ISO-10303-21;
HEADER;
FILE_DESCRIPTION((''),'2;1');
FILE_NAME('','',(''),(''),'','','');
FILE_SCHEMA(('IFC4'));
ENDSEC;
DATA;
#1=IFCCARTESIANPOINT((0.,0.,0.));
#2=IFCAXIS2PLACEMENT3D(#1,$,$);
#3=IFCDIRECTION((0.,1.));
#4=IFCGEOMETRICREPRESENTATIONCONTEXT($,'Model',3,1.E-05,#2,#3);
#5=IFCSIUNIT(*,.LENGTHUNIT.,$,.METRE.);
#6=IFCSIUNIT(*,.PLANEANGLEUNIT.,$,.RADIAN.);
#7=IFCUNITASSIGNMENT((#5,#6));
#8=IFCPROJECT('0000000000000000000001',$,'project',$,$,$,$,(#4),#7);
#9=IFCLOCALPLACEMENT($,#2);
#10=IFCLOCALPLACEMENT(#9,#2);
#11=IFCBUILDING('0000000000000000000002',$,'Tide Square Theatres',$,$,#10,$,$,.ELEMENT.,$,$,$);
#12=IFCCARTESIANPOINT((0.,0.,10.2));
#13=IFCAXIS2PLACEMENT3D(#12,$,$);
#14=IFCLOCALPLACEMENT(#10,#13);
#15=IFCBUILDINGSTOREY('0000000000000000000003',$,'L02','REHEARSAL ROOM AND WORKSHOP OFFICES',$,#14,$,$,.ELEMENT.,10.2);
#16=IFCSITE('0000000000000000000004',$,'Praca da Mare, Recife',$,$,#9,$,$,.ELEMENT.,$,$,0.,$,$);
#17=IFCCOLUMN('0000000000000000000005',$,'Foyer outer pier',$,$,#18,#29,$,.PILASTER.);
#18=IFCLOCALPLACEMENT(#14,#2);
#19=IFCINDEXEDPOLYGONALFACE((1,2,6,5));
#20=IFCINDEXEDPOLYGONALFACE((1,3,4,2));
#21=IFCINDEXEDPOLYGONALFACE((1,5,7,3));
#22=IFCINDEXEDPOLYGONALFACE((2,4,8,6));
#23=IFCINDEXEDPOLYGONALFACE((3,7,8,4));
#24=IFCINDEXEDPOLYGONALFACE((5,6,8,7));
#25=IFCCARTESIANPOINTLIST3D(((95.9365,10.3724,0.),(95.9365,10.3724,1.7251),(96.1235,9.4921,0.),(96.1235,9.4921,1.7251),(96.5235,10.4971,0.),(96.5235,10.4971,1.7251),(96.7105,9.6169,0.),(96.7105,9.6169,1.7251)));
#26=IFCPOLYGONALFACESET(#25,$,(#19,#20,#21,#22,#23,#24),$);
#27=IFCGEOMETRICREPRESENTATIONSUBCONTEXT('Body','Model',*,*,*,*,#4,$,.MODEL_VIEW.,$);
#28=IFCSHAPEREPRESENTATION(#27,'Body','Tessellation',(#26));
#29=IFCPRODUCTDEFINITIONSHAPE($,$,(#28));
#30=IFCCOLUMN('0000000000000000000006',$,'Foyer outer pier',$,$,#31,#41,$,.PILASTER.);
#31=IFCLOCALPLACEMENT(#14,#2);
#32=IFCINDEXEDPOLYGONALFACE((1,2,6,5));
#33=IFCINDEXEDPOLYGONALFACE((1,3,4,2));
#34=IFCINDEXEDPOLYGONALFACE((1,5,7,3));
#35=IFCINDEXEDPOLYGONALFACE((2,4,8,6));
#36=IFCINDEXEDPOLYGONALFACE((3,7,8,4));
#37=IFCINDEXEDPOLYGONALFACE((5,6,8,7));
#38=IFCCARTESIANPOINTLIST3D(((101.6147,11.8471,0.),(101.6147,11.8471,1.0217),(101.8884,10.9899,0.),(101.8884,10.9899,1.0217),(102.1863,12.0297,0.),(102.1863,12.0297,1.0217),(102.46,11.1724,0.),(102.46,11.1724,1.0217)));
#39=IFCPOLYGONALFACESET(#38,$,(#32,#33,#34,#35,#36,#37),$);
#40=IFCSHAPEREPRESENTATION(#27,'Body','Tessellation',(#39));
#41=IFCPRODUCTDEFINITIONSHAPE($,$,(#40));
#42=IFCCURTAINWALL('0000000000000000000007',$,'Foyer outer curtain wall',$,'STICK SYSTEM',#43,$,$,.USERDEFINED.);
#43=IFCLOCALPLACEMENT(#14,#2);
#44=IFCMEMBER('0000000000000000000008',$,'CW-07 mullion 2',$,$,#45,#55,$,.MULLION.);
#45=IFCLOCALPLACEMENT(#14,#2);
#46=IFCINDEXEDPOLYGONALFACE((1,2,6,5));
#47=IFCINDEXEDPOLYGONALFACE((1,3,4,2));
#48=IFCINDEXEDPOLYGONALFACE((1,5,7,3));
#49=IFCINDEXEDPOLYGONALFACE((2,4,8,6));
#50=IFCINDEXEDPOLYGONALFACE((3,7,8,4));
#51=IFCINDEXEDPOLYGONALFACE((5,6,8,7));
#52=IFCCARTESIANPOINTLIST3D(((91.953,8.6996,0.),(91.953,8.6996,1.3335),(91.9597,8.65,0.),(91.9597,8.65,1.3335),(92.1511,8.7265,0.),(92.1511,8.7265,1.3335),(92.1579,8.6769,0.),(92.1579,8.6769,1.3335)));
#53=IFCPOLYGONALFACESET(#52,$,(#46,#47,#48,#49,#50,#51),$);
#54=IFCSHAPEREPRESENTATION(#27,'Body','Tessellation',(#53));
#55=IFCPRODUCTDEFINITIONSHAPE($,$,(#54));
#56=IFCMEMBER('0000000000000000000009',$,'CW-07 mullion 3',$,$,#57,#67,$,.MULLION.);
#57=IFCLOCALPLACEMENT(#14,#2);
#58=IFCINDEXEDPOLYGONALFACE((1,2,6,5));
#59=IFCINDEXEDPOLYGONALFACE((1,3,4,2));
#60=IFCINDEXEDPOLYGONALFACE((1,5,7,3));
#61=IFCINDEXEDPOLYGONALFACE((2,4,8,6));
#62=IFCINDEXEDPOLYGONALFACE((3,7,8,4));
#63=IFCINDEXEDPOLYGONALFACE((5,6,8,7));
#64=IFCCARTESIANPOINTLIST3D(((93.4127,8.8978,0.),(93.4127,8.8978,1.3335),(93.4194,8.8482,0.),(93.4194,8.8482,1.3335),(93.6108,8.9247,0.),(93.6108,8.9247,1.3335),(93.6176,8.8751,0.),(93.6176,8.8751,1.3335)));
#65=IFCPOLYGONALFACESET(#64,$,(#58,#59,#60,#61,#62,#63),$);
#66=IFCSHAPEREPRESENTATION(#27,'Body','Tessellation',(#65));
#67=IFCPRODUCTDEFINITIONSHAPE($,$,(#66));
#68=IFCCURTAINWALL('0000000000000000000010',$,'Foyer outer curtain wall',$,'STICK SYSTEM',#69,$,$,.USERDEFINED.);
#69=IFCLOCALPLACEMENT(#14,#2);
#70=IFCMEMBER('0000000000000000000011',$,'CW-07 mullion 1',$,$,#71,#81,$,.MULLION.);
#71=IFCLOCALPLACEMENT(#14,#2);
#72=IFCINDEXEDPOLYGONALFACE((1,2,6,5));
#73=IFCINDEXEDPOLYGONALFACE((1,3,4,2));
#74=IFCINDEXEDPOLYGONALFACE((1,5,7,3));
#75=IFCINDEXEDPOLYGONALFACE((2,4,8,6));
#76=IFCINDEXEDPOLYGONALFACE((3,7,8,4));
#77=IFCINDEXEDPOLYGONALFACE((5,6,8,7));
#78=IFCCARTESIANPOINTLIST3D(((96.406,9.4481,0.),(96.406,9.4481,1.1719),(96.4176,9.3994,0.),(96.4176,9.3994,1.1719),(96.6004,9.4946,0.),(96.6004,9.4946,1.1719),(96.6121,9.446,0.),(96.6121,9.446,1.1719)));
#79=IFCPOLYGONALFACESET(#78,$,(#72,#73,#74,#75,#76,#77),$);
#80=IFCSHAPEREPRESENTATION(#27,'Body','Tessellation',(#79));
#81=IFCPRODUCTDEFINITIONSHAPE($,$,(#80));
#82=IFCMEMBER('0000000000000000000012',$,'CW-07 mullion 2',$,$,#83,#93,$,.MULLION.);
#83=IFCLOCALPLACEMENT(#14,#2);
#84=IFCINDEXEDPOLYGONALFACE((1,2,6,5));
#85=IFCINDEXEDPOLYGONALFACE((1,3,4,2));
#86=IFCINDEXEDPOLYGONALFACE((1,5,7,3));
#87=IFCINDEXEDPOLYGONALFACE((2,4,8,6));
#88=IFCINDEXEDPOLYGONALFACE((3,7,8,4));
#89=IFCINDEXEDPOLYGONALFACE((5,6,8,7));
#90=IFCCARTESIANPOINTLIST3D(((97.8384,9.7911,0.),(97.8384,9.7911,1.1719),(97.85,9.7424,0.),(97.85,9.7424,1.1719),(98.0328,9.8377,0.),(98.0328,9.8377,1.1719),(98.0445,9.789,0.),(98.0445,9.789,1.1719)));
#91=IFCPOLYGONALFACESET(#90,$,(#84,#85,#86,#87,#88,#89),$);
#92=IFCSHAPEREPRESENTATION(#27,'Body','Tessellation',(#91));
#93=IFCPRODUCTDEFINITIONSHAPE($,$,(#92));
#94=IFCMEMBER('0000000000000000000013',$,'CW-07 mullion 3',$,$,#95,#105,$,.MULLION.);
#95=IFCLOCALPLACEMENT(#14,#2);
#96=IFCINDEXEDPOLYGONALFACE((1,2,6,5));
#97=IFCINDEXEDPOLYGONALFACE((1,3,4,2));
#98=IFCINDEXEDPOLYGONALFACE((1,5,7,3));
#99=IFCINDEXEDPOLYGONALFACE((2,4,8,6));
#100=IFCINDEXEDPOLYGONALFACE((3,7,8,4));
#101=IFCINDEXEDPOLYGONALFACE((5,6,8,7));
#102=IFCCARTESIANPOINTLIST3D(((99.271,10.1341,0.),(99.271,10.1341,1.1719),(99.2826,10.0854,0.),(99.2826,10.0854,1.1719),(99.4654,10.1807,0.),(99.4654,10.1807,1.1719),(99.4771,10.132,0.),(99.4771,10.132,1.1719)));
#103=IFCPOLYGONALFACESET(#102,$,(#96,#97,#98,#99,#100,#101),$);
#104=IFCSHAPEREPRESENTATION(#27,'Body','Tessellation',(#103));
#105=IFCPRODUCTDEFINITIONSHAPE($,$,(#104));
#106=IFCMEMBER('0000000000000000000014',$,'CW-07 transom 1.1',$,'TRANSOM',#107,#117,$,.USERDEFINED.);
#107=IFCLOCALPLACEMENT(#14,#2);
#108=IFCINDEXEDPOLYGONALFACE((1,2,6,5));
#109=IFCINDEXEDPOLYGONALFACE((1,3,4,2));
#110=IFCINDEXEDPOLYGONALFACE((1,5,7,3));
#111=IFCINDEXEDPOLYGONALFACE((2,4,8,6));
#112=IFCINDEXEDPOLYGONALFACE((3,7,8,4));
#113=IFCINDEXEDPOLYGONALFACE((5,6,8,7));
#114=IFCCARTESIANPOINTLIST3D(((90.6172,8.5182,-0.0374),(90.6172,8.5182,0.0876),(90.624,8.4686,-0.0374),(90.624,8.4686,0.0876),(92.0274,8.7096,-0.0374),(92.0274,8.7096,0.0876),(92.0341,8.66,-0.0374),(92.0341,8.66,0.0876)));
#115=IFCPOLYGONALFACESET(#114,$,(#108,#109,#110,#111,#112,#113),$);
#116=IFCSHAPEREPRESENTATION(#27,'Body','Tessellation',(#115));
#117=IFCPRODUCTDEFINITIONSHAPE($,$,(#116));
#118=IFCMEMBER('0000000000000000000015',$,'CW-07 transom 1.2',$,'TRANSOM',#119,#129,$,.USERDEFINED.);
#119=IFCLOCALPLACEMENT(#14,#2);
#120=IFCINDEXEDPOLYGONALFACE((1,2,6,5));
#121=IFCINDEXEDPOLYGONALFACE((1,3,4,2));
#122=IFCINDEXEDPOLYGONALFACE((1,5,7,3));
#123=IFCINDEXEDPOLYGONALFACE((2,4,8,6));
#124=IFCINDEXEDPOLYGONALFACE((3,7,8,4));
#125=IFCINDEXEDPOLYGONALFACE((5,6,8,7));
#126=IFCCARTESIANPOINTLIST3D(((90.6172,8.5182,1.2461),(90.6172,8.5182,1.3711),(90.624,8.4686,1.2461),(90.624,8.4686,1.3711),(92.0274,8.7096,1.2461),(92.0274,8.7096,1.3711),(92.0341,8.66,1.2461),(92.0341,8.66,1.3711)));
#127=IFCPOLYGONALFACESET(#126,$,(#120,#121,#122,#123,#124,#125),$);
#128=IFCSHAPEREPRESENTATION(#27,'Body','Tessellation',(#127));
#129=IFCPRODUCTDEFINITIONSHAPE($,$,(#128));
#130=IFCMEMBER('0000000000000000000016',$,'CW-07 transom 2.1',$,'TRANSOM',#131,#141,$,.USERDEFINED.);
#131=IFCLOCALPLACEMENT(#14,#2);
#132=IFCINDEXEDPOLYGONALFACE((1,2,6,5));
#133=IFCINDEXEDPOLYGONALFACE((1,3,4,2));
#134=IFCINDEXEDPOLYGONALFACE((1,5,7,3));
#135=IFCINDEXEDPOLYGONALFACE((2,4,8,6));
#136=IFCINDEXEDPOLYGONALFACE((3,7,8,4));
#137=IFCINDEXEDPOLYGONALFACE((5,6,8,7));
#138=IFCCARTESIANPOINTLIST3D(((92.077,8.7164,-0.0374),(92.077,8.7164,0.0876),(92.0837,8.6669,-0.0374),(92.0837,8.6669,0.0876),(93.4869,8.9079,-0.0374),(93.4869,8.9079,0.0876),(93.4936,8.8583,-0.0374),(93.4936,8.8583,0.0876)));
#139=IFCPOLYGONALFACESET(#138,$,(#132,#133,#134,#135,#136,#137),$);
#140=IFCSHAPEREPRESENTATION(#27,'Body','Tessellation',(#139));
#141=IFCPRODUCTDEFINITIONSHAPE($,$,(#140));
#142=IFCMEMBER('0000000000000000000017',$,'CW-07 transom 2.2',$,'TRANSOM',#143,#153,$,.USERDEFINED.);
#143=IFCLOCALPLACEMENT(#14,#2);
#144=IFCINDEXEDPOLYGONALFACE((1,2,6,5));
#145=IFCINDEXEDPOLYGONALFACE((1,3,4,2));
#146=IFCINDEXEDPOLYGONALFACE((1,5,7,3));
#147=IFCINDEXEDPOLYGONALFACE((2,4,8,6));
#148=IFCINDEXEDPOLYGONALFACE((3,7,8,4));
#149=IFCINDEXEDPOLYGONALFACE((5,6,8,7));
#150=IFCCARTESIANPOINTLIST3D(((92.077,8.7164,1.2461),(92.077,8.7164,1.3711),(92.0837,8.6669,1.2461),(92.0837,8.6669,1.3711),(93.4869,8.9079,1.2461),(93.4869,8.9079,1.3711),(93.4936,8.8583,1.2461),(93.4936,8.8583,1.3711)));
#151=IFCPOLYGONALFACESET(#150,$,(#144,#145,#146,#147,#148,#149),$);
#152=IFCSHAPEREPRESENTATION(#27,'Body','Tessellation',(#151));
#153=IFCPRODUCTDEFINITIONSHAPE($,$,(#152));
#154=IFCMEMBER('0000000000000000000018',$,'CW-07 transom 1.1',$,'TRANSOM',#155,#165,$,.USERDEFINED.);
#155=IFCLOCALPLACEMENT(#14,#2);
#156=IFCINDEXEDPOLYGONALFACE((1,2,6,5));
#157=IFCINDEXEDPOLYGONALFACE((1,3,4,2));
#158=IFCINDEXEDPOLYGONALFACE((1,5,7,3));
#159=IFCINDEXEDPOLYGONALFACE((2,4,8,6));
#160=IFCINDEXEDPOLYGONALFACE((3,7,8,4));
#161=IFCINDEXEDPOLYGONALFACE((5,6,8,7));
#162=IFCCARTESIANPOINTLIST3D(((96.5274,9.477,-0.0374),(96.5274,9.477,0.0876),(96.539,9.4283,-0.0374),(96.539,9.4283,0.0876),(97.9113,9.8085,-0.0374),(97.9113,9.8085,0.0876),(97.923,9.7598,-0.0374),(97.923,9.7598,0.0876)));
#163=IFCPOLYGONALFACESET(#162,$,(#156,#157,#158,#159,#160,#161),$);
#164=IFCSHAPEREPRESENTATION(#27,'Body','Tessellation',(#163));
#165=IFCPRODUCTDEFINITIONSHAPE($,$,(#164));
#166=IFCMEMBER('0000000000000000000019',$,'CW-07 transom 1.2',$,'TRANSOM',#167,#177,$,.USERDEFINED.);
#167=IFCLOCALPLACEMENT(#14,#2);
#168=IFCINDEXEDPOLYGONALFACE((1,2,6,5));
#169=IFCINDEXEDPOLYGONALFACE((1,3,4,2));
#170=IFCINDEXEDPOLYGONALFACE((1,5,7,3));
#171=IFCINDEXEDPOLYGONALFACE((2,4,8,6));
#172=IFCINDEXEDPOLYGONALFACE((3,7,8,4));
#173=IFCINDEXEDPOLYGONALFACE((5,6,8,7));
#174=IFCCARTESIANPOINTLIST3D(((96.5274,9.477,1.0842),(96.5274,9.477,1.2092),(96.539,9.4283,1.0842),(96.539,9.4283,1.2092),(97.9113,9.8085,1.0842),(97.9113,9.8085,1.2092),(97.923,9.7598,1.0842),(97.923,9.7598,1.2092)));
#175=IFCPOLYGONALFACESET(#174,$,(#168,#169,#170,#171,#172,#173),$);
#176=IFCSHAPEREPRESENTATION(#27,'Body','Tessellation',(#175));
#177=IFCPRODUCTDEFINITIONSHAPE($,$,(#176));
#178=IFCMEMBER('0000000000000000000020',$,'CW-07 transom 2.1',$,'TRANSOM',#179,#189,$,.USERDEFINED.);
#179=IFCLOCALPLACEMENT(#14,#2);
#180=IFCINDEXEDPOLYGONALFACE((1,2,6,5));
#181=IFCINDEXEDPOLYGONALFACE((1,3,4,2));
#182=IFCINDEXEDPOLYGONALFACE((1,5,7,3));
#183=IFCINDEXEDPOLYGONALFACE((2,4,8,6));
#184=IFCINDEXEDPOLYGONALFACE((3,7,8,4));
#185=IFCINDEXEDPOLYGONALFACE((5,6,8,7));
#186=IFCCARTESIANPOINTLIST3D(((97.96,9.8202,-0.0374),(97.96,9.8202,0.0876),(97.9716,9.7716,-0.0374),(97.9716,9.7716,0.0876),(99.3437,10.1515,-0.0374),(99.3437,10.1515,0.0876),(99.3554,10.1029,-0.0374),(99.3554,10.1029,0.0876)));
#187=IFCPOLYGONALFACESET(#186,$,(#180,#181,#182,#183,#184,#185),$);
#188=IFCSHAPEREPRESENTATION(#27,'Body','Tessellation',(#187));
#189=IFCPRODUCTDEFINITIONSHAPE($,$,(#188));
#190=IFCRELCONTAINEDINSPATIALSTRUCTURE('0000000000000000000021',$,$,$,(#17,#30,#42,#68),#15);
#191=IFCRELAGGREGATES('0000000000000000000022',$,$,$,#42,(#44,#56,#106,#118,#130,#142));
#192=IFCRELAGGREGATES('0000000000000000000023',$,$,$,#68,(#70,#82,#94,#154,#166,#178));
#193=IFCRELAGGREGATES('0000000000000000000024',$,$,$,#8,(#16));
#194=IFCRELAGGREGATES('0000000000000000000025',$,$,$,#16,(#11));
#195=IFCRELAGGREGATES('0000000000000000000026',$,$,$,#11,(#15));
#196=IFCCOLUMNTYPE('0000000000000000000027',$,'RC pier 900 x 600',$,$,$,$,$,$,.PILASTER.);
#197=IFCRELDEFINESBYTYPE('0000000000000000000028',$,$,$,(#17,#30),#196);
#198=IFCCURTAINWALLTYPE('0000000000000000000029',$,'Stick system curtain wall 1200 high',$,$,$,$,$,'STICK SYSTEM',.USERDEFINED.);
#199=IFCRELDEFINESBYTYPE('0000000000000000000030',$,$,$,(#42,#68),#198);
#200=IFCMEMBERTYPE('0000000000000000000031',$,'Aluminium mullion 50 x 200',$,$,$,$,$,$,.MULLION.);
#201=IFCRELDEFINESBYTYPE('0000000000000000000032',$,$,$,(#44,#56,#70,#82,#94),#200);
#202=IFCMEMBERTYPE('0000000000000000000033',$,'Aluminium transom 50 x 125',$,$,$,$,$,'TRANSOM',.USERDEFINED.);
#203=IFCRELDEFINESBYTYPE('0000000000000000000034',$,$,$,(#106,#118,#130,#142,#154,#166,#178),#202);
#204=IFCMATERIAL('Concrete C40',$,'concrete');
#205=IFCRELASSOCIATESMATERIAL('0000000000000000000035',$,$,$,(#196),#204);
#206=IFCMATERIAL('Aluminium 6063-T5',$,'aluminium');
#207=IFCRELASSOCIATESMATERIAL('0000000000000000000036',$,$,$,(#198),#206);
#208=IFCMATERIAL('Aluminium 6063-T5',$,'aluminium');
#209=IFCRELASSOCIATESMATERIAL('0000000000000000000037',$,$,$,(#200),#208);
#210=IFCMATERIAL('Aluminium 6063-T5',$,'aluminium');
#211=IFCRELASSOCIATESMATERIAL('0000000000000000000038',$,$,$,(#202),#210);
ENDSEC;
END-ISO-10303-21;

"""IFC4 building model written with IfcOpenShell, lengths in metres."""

from ifc_helpers import new_model, si_unit, direction, frame, origin, origin_2d, place, context, subcontext, project, spatial, rectangle, extrude, material, material_profile, profile_set, type_object, element, aggregate, save


model = new_model("IFC4")

# Units and contexts
model_context = context("Model", 3, precision=1e-05, world=origin(), true_north=direction((0.0, 1.0)))
body_context = subcontext(model_context, "Body", "Model", "MODEL_VIEW")
ifc_project = project(units=[si_unit("LENGTHUNIT", "METRE"), si_unit("PLANEANGLEUNIT", "RADIAN")], contexts=[model_context])

# Site, building, storey
site_placement = place(None, origin())
site = spatial("IfcSite", under=ifc_project, at=site_placement, Name="Praca da Mare, Recife", CompositionType="ELEMENT", RefElevation=0.0)
building_placement = place(site_placement, origin())
building = spatial("IfcBuilding", under=site, at=building_placement, Name="Tide Square Theatres", CompositionType="ELEMENT")
storey_placement = place(building_placement, frame((0.0, 0.0, 10.2)))
storey = spatial("IfcBuildingStorey", under=building, at=storey_placement, Name="L02", Description="REHEARSAL ROOM AND WORKSHOP OFFICES", CompositionType="ELEMENT", Elevation=10.2)

# Columns
ifc_material_1 = material(Name="Concrete C40", Category="concrete")
ifc_material_profile_1 = material_profile(ifc_material_1, rectangle(XDim=0.8999, YDim=0.6001, at=origin_2d()))
ifc_profile_set_1 = profile_set([ifc_material_profile_1], Name="Concrete C40")
column_type = type_object("IfcColumnType", Name="RC pier 900 x 600", PredefinedType="PILASTER", material=ifc_profile_set_1)
column_1_placement = place(storey_placement, frame((96.3235, 9.9946, 0.0), z_axis=(0.0, 0.0, 1.0), x_axis=(0.207814, -0.978168, 0.0)))
element("IfcColumn", 1, at=column_1_placement, inside=storey, type_object=column_type, Name="Foyer outer pier", PredefinedType="PILASTER", context=body_context, shape_type="SweptSolid", body=[
    extrude(rectangle(XDim=0.8999, YDim=0.6001, at=origin_2d()), origin(), (0.0, 0.0, 1.0), 1.7251),
])
column_2_placement = place(storey_placement, frame((102.0374, 11.5098, 0.0), z_axis=(0.0, 0.0, 1.0), x_axis=(0.304171, -0.952617, 0.0)))
element("IfcColumn", 2, at=column_2_placement, inside=storey, type_object=column_type, Name="Foyer outer pier", PredefinedType="PILASTER", context=body_context, shape_type="SweptSolid", body=[
    extrude(rectangle(XDim=0.8999, YDim=0.6001, at=origin_2d()), origin(), (0.0, 0.0, 1.0), 1.0217),
])

# Curtain walls, members
ifc_material_2 = material(Name="Aluminium 6063-T5", Category="aluminium")
curtain_wall_type = type_object("IfcCurtainWallType", Name="Stick system curtain wall 1200 high", ElementType="STICK SYSTEM", PredefinedType="USERDEFINED", material=ifc_material_2)
curtain_wall_1_placement = place(storey_placement, origin())
curtain_wall_1 = element("IfcCurtainWall", 3, at=curtain_wall_1_placement, inside=storey, type_object=curtain_wall_type, Name="Foyer outer curtain wall", ObjectType="STICK SYSTEM", PredefinedType="USERDEFINED")
ifc_material_3 = material(Name="Aluminium 6063-T5", Category="aluminium")
ifc_material_profile_2 = material_profile(ifc_material_3, rectangle(XDim=0.05, YDim=0.2, at=origin_2d()))
ifc_profile_set_2 = profile_set([ifc_material_profile_2], Name="Aluminium 6063-T5")
member_type_1 = type_object("IfcMemberType", Name="Aluminium mullion 50 x 200", PredefinedType="MULLION", material=ifc_profile_set_2)
member_1_placement = place(storey_placement, frame((92.0554, 8.6882, 0.0), z_axis=(0.0, 0.0, 1.0), x_axis=(-0.134577, 0.990903, 0.0)))
member_1 = element("IfcMember", 4, at=member_1_placement, type_object=member_type_1, Name="CW-07 mullion 2", PredefinedType="MULLION", context=body_context, shape_type="SweptSolid", body=[
    extrude(rectangle(XDim=0.05, YDim=0.2, at=origin_2d()), origin(), (0.0, 0.0, 1.0), 1.3335),
])
member_2_placement = place(storey_placement, frame((93.5151, 8.8865, 0.0), z_axis=(0.0, 0.0, 1.0), x_axis=(-0.134577, 0.990903, 0.0)))
member_2 = element("IfcMember", 5, at=member_2_placement, type_object=member_type_1, Name="CW-07 mullion 3", PredefinedType="MULLION", context=body_context, shape_type="SweptSolid", body=[
    extrude(rectangle(XDim=0.05, YDim=0.2, at=origin_2d()), origin(), (0.0, 0.0, 1.0), 1.3335),
])
curtain_wall_2_placement = place(storey_placement, origin())
curtain_wall_2 = element("IfcCurtainWall", 6, at=curtain_wall_2_placement, inside=storey, type_object=curtain_wall_type, Name="Foyer outer curtain wall", ObjectType="STICK SYSTEM", PredefinedType="USERDEFINED")
member_3_placement = place(storey_placement, frame((96.509, 9.447, 0.0), z_axis=(0.0, 0.0, 1.0), x_axis=(-0.232911, 0.972498, 0.0)))
member_3 = element("IfcMember", 7, at=member_3_placement, type_object=member_type_1, Name="CW-07 mullion 1", PredefinedType="MULLION", context=body_context, shape_type="SweptSolid", body=[
    extrude(rectangle(XDim=0.05, YDim=0.2, at=origin_2d()), origin(), (0.0, 0.0, 1.0), 1.1719),
])
member_4_placement = place(storey_placement, frame((97.9414, 9.79, 0.0), z_axis=(0.0, 0.0, 1.0), x_axis=(-0.232911, 0.972498, 0.0)))
member_4 = element("IfcMember", 8, at=member_4_placement, type_object=member_type_1, Name="CW-07 mullion 2", PredefinedType="MULLION", context=body_context, shape_type="SweptSolid", body=[
    extrude(rectangle(XDim=0.05, YDim=0.2, at=origin_2d()), origin(), (0.0, 0.0, 1.0), 1.1719),
])
member_5_placement = place(storey_placement, frame((99.374, 10.1331, 0.0), z_axis=(0.0, 0.0, 1.0), x_axis=(-0.232911, 0.972498, 0.0)))
member_5 = element("IfcMember", 9, at=member_5_placement, type_object=member_type_1, Name="CW-07 mullion 3", PredefinedType="MULLION", context=body_context, shape_type="SweptSolid", body=[
    extrude(rectangle(XDim=0.05, YDim=0.2, at=origin_2d()), origin(), (0.0, 0.0, 1.0), 1.1719),
])

# Members
ifc_material_4 = material(Name="Aluminium 6063-T5", Category="aluminium")
ifc_material_profile_3 = material_profile(ifc_material_4, rectangle(XDim=0.05, YDim=0.125, at=origin_2d()))
ifc_profile_set_3 = profile_set([ifc_material_profile_3], Name="Aluminium 6063-T5")
member_type_2 = type_object("IfcMemberType", Name="Aluminium transom 50 x 125", ElementType="TRANSOM", PredefinedType="USERDEFINED", material=ifc_profile_set_3)
member_6_placement = place(storey_placement, frame((90.6206, 8.4934, 0.0251), z_axis=(0.990913, 0.134501, 0.0), x_axis=(-0.134501, 0.990913, 0.0)))
member_6 = element("IfcMember", 10, at=member_6_placement, type_object=member_type_2, Name="CW-07 transom 1.1", ObjectType="TRANSOM", PredefinedType="USERDEFINED", context=body_context, shape_type="SweptSolid", body=[
    extrude(rectangle(XDim=0.05, YDim=0.125, at=origin_2d()), origin(), (0.0, 0.0, 1.0), 1.4231),
])
member_7_placement = place(storey_placement, frame((90.6206, 8.4934, 1.3086), z_axis=(0.990913, 0.134501, 0.0), x_axis=(-0.134501, 0.990913, 0.0)))
member_7 = element("IfcMember", 11, at=member_7_placement, type_object=member_type_2, Name="CW-07 transom 1.2", ObjectType="TRANSOM", PredefinedType="USERDEFINED", context=body_context, shape_type="SweptSolid", body=[
    extrude(rectangle(XDim=0.05, YDim=0.125, at=origin_2d()), origin(), (0.0, 0.0, 1.0), 1.4231),
])
member_8_placement = place(storey_placement, frame((92.0803, 8.6917, 0.0251), z_axis=(0.99091, 0.134524, 0.0), x_axis=(-0.134524, 0.99091, 0.0)))
member_8 = element("IfcMember", 12, at=member_8_placement, type_object=member_type_2, Name="CW-07 transom 2.1", ObjectType="TRANSOM", PredefinedType="USERDEFINED", context=body_context, shape_type="SweptSolid", body=[
    extrude(rectangle(XDim=0.05, YDim=0.125, at=origin_2d()), origin(), (0.0, 0.0, 1.0), 1.4229),
])
member_9_placement = place(storey_placement, frame((92.0803, 8.6917, 1.3086), z_axis=(0.99091, 0.134524, 0.0), x_axis=(-0.134524, 0.99091, 0.0)))
member_9 = element("IfcMember", 13, at=member_9_placement, type_object=member_type_2, Name="CW-07 transom 2.2", ObjectType="TRANSOM", PredefinedType="USERDEFINED", context=body_context, shape_type="SweptSolid", body=[
    extrude(rectangle(XDim=0.05, YDim=0.125, at=origin_2d()), origin(), (0.0, 0.0, 1.0), 1.4229),
])
member_10_placement = place(storey_placement, frame((96.5332, 9.4526, 0.0251), z_axis=(0.972487, 0.232958, 0.0), x_axis=(-0.232958, 0.972487, 0.0)))
member_10 = element("IfcMember", 14, at=member_10_placement, type_object=member_type_2, Name="CW-07 transom 1.1", ObjectType="TRANSOM", PredefinedType="USERDEFINED", context=body_context, shape_type="SweptSolid", body=[
    extrude(rectangle(XDim=0.05, YDim=0.125, at=origin_2d()), origin(), (0.0, 0.0, 1.0), 1.4231),
])
member_11_placement = place(storey_placement, frame((96.5332, 9.4526, 1.1467), z_axis=(0.972487, 0.232958, 0.0), x_axis=(-0.232958, 0.972487, 0.0)))
member_11 = element("IfcMember", 15, at=member_11_placement, type_object=member_type_2, Name="CW-07 transom 1.2", ObjectType="TRANSOM", PredefinedType="USERDEFINED", context=body_context, shape_type="SweptSolid", body=[
    extrude(rectangle(XDim=0.05, YDim=0.125, at=origin_2d()), origin(), (0.0, 0.0, 1.0), 1.4231),
])
member_12_placement = place(storey_placement, frame((97.9658, 9.7959, 0.0251), z_axis=(0.972516, 0.232834, 0.0), x_axis=(-0.232834, 0.972516, 0.0)))
member_12 = element("IfcMember", 16, at=member_12_placement, type_object=member_type_2, Name="CW-07 transom 2.1", ObjectType="TRANSOM", PredefinedType="USERDEFINED", context=body_context, shape_type="SweptSolid", body=[
    extrude(rectangle(XDim=0.05, YDim=0.125, at=origin_2d()), origin(), (0.0, 0.0, 1.0), 1.4229),
])

aggregate(curtain_wall_1, [member_1, member_2, member_6, member_7, member_8, member_9])
aggregate(curtain_wall_2, [member_3, member_4, member_5, member_10, member_11, member_12])

save(model, "model.ifc")
